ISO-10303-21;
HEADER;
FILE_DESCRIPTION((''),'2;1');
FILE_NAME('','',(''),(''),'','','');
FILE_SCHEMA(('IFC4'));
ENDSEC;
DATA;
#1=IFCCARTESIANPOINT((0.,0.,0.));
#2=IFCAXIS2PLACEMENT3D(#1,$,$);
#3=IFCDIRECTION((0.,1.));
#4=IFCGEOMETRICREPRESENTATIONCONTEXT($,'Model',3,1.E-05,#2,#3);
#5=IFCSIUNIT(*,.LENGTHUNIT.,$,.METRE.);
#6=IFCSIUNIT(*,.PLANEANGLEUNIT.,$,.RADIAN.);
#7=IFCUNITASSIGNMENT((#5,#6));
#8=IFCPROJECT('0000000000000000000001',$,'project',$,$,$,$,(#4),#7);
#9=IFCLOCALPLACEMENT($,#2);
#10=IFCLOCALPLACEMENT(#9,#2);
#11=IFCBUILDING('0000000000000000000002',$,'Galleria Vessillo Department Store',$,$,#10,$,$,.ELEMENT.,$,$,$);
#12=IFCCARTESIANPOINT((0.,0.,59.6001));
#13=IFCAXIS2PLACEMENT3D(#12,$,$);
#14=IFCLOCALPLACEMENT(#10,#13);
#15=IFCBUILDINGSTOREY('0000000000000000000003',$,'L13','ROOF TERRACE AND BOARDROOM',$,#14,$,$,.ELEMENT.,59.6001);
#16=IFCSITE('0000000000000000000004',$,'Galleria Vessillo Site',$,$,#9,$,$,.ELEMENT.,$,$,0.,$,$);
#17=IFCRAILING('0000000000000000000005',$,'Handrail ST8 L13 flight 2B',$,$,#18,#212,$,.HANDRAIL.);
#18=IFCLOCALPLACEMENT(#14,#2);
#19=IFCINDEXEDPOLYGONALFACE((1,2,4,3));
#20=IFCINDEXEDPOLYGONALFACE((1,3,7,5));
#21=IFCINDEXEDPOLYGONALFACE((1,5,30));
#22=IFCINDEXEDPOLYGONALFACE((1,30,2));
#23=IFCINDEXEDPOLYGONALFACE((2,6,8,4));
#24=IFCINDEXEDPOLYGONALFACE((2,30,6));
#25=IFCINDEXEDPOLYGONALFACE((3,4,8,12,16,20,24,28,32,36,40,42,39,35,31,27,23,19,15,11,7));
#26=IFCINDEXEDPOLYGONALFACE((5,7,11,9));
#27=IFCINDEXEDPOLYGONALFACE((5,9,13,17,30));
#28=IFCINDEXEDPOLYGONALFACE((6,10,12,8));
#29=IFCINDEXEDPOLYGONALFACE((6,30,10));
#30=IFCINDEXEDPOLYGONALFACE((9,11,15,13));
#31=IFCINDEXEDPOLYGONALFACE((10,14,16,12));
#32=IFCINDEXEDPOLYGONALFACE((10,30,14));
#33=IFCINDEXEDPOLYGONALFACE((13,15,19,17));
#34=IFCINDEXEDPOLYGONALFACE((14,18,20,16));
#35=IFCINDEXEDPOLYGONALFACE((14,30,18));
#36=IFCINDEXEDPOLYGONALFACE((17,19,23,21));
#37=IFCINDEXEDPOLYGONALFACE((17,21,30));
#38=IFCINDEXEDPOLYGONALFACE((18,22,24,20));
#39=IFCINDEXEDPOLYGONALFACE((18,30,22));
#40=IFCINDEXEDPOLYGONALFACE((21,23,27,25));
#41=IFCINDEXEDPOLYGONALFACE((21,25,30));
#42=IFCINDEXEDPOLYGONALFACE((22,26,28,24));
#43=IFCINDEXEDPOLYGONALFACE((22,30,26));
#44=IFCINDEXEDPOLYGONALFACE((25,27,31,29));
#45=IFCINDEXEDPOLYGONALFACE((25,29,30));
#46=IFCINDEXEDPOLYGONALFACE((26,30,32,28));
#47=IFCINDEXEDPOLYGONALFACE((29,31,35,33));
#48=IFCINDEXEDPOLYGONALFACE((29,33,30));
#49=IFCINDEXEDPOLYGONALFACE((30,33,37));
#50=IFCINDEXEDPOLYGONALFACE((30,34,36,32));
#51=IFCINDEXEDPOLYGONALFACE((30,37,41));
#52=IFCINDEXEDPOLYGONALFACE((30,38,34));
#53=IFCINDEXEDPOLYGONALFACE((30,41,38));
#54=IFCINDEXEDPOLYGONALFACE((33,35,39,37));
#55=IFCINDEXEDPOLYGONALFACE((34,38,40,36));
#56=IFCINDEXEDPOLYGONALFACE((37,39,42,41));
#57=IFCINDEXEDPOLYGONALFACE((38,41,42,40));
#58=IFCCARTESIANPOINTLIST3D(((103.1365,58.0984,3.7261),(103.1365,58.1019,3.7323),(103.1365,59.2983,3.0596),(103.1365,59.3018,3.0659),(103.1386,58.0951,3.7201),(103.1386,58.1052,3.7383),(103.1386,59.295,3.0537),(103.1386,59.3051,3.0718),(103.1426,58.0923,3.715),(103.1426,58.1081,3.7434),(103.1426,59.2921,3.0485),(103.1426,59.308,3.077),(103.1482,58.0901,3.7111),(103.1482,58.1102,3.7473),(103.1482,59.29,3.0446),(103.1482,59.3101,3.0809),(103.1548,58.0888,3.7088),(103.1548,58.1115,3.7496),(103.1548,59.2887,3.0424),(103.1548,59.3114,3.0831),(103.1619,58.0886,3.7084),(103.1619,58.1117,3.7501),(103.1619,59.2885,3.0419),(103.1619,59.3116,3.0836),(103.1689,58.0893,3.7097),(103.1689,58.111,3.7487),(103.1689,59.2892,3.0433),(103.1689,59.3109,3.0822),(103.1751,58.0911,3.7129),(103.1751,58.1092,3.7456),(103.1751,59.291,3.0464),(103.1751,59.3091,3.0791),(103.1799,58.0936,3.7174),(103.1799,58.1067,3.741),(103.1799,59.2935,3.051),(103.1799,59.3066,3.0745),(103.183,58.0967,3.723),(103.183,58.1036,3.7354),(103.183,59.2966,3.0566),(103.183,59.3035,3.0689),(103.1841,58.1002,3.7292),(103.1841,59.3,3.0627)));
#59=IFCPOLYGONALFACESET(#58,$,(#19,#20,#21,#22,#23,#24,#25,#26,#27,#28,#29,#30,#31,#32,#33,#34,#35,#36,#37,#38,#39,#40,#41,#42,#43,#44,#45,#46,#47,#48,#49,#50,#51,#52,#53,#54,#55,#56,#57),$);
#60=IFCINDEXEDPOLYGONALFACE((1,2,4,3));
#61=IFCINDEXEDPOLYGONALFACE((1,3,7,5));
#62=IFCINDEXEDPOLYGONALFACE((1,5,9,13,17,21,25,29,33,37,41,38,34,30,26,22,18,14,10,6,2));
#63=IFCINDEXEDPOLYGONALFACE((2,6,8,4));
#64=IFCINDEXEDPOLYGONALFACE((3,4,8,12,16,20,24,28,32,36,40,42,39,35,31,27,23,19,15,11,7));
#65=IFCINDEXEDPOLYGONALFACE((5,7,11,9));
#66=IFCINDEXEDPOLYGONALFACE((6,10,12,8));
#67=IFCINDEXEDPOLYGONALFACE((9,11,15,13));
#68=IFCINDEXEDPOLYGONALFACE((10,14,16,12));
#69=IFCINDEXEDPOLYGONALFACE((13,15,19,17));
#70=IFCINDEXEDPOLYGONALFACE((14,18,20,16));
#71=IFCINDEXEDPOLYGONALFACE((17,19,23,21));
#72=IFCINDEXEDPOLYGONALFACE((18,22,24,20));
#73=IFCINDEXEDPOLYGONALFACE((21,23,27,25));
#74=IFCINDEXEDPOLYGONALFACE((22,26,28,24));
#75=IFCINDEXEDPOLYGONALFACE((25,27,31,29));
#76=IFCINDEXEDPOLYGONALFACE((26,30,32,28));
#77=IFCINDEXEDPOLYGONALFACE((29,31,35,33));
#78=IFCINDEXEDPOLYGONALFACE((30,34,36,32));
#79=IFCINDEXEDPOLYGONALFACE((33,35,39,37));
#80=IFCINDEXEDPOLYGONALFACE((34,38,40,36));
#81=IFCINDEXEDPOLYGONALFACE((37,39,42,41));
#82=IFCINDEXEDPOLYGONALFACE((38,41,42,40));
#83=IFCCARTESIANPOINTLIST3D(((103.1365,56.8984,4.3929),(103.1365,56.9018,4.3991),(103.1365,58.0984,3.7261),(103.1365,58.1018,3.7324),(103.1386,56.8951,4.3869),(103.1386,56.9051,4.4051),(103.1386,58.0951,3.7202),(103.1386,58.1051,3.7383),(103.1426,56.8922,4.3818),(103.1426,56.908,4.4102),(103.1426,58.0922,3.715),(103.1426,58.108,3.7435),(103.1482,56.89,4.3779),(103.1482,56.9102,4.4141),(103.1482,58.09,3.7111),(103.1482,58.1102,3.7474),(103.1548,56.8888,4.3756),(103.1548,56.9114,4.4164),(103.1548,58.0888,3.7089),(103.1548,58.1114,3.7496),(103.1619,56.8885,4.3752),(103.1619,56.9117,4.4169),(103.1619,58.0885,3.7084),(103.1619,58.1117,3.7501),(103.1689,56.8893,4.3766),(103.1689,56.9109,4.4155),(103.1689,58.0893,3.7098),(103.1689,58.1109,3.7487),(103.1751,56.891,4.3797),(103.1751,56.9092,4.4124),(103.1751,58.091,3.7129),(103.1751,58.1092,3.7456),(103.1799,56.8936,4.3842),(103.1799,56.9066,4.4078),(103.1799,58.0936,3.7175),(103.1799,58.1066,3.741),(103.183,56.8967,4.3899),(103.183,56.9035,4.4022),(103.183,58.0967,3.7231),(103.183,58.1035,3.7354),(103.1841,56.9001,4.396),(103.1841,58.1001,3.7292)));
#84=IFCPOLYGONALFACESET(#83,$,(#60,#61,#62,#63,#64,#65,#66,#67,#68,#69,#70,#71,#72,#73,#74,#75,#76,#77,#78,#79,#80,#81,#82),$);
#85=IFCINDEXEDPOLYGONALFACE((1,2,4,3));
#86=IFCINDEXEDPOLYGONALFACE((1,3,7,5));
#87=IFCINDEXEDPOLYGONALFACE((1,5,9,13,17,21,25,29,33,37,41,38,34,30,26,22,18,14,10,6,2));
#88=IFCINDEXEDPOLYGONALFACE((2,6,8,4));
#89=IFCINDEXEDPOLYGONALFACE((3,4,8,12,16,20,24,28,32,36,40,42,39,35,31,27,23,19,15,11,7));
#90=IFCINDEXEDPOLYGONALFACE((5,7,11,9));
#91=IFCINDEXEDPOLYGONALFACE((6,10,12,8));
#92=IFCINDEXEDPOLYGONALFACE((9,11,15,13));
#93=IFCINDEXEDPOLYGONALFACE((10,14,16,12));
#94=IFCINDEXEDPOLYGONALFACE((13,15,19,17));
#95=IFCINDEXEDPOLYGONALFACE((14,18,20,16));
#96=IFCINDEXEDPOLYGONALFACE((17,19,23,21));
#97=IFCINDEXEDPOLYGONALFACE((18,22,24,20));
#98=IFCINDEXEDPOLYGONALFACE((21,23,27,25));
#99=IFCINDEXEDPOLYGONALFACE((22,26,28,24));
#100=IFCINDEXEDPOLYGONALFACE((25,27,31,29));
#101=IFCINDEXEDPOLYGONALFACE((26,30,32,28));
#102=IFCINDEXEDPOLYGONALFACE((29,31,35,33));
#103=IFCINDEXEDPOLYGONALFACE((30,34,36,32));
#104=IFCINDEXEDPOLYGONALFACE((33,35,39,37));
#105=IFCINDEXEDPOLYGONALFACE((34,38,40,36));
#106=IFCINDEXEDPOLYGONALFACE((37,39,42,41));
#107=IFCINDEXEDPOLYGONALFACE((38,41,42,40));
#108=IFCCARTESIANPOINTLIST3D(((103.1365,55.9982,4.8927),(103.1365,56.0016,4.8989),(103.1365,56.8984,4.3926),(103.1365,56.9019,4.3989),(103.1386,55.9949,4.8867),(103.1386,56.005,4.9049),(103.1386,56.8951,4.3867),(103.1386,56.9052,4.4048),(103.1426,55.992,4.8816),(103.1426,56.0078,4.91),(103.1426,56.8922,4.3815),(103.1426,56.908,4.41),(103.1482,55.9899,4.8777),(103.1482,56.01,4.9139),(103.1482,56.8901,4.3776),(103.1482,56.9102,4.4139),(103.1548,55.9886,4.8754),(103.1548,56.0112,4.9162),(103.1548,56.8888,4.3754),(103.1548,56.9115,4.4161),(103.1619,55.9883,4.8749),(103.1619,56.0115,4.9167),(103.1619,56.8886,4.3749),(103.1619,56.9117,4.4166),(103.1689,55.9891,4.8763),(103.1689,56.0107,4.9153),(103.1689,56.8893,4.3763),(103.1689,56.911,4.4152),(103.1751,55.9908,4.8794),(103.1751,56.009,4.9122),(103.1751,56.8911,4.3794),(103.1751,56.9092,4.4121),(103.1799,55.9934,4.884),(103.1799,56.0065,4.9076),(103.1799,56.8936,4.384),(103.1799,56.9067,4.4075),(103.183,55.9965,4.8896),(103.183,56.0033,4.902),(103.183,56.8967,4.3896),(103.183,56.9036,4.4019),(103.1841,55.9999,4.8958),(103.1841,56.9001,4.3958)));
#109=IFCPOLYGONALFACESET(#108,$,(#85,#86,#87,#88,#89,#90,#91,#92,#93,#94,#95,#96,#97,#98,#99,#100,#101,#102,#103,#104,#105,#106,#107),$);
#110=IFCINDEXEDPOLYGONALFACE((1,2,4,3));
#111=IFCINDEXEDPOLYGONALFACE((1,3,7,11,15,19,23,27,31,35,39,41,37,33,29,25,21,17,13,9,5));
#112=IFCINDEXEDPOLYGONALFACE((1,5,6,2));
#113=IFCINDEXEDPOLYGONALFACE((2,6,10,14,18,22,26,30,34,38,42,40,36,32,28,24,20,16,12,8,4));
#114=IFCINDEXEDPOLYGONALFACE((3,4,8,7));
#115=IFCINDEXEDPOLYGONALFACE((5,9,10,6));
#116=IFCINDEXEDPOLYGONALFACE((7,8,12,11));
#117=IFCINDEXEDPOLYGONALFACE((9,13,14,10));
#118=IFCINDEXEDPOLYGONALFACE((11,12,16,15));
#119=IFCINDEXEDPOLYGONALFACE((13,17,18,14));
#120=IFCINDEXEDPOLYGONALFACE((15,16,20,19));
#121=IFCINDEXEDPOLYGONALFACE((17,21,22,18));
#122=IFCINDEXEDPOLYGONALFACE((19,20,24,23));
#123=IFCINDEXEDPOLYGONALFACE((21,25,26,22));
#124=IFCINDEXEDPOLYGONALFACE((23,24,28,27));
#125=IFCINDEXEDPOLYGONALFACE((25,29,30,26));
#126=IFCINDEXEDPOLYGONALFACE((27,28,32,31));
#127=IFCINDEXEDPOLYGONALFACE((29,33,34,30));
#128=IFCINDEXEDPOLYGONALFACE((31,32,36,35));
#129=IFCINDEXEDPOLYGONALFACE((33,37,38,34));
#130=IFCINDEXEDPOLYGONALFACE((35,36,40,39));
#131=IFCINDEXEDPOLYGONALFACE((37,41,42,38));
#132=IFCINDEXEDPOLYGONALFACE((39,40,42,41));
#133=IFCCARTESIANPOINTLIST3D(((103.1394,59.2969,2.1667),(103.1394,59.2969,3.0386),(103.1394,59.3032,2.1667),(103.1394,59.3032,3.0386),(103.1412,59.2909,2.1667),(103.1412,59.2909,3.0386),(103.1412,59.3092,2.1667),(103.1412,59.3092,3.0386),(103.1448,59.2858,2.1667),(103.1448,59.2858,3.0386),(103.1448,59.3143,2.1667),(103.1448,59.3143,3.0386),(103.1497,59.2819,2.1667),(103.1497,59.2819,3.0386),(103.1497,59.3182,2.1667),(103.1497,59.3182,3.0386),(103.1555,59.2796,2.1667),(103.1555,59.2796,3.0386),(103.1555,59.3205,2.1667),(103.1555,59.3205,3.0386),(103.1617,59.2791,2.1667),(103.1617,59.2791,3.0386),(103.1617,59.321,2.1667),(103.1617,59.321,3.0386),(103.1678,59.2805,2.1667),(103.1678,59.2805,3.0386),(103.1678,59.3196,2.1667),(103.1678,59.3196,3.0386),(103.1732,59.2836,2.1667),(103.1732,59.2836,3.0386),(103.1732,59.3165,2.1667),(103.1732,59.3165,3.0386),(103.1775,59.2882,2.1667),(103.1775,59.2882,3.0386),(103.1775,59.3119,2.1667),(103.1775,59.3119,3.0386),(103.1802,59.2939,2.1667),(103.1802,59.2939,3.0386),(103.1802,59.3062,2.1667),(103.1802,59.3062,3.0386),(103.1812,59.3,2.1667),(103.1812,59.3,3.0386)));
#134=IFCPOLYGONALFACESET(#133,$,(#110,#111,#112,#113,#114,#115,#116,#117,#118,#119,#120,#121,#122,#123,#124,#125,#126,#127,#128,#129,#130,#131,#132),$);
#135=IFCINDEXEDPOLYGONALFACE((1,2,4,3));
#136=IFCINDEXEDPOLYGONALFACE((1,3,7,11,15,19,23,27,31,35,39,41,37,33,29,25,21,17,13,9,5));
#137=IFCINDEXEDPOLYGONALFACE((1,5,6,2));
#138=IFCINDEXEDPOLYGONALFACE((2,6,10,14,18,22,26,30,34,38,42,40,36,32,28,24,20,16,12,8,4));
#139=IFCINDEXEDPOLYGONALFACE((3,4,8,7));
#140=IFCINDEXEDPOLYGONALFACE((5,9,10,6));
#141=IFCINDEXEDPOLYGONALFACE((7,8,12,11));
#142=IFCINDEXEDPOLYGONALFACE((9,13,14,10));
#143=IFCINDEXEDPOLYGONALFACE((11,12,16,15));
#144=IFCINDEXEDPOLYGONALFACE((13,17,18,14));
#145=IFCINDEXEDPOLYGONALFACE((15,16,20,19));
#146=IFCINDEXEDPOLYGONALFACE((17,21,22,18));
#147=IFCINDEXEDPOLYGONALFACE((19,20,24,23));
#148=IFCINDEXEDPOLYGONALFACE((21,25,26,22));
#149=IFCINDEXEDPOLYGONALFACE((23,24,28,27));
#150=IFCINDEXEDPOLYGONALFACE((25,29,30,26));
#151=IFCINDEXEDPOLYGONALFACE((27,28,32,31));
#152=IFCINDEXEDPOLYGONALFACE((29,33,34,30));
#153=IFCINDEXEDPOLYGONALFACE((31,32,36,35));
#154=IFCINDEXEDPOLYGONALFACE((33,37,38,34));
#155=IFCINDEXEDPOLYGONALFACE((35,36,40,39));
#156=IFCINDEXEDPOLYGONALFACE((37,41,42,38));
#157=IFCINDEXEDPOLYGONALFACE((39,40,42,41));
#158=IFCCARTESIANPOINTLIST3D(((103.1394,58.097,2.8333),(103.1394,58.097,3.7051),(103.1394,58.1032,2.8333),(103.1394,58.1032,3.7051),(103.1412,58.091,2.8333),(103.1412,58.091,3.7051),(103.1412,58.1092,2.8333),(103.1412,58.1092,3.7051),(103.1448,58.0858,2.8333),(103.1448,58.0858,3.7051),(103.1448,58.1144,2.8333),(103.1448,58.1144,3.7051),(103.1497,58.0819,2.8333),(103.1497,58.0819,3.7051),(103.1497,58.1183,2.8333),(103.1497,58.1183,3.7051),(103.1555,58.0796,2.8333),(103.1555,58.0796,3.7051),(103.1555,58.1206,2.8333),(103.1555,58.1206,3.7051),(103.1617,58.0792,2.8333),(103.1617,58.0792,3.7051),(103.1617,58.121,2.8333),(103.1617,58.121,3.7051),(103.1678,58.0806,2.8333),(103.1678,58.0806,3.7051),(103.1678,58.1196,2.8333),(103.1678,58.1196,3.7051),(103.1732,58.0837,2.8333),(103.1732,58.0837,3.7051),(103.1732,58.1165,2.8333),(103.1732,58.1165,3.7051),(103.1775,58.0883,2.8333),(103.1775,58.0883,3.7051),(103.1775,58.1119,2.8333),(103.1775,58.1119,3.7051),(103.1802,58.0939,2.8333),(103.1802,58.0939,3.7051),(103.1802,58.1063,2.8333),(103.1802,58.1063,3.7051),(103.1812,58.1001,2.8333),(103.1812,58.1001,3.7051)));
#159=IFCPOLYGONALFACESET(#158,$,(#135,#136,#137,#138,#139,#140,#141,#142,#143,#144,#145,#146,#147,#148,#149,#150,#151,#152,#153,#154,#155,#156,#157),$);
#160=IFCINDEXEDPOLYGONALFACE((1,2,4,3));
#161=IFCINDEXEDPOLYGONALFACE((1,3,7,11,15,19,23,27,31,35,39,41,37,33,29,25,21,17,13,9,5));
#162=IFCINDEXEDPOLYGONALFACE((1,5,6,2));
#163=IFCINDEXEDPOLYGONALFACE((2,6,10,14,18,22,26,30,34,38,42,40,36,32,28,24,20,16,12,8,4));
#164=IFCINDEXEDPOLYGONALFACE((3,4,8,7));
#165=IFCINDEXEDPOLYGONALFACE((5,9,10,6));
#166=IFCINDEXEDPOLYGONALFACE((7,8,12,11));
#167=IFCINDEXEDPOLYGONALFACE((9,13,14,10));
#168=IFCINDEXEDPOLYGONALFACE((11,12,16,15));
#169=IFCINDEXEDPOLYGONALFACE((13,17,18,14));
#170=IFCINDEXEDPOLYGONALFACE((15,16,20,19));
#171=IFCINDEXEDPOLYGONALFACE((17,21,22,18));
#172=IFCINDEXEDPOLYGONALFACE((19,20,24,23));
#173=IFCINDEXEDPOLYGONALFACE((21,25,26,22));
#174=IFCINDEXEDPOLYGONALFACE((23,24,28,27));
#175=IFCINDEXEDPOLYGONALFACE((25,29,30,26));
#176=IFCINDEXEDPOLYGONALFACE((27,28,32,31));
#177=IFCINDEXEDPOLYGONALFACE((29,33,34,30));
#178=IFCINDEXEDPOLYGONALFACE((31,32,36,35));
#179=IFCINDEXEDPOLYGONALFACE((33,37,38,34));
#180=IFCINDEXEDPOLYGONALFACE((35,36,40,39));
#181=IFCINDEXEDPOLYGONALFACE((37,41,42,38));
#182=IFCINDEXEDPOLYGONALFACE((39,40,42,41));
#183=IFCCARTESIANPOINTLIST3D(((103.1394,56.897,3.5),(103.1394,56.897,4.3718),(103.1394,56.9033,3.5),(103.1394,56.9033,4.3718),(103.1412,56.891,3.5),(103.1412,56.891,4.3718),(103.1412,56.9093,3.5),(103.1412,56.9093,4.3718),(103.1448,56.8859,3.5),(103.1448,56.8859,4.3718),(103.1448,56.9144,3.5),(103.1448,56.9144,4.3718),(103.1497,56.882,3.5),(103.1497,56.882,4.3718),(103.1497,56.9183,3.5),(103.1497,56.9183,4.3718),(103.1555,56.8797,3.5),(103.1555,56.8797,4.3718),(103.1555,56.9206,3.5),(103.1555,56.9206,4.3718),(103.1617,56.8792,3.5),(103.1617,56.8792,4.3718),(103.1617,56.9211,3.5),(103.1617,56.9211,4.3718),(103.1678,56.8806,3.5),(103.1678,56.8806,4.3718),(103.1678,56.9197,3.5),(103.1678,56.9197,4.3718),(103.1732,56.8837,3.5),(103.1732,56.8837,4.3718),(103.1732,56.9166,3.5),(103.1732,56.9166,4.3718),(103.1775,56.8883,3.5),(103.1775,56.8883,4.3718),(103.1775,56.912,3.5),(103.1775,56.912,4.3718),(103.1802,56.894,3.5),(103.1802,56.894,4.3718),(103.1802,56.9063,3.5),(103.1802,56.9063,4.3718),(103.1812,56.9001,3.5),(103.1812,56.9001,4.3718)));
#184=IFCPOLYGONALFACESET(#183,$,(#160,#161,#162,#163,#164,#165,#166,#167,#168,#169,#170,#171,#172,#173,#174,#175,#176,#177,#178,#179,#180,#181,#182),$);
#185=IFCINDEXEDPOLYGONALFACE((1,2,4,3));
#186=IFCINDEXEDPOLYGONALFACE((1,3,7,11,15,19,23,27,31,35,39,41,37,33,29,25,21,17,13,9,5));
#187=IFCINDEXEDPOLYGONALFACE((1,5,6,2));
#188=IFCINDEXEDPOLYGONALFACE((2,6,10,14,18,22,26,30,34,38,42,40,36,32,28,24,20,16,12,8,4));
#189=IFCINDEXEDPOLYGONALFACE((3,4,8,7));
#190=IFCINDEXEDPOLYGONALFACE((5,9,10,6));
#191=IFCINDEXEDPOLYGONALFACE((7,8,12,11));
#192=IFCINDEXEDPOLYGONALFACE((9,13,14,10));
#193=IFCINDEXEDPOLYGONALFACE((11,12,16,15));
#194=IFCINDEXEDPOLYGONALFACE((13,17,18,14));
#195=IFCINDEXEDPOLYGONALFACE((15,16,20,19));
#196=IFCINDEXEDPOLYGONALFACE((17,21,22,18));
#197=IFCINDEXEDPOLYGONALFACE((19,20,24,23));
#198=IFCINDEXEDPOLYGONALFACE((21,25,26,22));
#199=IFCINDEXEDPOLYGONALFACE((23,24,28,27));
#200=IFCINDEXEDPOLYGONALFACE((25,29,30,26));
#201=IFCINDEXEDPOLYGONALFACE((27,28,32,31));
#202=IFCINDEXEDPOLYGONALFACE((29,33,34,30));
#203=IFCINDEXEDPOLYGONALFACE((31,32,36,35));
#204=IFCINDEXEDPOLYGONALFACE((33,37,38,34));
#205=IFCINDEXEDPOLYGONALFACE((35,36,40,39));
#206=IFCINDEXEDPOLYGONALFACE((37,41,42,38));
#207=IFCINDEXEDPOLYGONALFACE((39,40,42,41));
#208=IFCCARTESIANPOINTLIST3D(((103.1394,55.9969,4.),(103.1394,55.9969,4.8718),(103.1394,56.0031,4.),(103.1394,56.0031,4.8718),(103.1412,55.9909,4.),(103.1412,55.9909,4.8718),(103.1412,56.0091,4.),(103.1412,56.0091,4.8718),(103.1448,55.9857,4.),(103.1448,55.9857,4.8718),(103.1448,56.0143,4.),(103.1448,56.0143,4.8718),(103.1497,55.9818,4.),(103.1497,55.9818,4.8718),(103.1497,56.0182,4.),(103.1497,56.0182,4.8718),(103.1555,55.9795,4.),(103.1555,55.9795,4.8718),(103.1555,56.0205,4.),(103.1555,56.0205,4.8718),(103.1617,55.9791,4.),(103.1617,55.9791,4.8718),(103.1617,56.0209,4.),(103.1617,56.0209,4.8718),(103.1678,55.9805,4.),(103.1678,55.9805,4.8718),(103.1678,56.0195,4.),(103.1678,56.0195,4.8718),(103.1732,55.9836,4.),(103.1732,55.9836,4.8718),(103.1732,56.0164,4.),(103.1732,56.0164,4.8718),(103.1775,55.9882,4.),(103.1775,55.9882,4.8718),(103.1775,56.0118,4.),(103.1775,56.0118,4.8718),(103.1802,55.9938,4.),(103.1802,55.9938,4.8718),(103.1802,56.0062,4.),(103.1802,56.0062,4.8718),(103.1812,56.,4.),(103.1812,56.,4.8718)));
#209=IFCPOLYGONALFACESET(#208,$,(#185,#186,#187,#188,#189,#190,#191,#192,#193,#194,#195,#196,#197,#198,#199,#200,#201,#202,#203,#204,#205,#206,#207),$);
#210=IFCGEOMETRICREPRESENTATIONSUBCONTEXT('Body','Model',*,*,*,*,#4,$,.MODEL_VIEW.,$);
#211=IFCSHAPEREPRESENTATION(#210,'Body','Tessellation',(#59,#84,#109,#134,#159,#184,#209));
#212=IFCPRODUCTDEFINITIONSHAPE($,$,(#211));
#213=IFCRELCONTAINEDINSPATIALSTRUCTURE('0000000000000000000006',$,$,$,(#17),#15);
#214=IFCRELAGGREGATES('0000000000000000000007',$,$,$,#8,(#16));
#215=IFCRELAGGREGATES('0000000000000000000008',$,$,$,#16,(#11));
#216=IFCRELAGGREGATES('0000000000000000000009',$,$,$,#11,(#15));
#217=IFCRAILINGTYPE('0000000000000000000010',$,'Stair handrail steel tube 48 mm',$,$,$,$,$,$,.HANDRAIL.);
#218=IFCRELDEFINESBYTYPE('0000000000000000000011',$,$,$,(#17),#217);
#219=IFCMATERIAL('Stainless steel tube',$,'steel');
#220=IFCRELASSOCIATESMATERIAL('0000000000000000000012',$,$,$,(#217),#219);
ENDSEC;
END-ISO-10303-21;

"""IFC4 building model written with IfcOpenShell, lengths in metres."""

from ifc_helpers import new_model, si_unit, direction, frame, origin, origin_2d, place, context, subcontext, project, spatial, circle, extrude, material, type_object, element, save


model = new_model("IFC4")

# Units and contexts
model_context = context("Model", 3, precision=1e-05, world=origin(), true_north=direction((0.0, 1.0)))
body_context = subcontext(model_context, "Body", "Model", "MODEL_VIEW")
ifc_project = project(units=[si_unit("LENGTHUNIT", "METRE"), si_unit("PLANEANGLEUNIT", "RADIAN")], contexts=[model_context])

# Site, building, storey
site_placement = place(None, origin())
site = spatial("IfcSite", under=ifc_project, at=site_placement, Name="Galleria Vessillo Site", CompositionType="ELEMENT", RefElevation=0.0)
building_placement = place(site_placement, origin())
building = spatial("IfcBuilding", under=site, at=building_placement, Name="Galleria Vessillo Department Store", CompositionType="ELEMENT")
storey_placement = place(building_placement, frame((0.0, 0.0, 59.6001)))
storey = spatial("IfcBuildingStorey", under=building, at=storey_placement, Name="L13", Description="ROOF TERRACE AND BOARDROOM", CompositionType="ELEMENT", Elevation=59.6001)

# Railing
ifc_material_1 = material(Name="Stainless steel tube", Category="steel")
railing_type = type_object("IfcRailingType", Name="Stair handrail steel tube 48 mm", PredefinedType="HANDRAIL", material=ifc_material_1)
for number, where, name in (
    (1, (103.1602, 59.3, 2.1667), "Handrail ST8 L13 flight 2B"),
):
    element("IfcRailing", number, at=place(storey_placement, frame(where)), inside=storey, type_object=railing_type, Name=name, PredefinedType="HANDRAIL", context=body_context, shape_type="SweptSolid", body=[
        extrude(circle(Radius=0.0239, at=origin_2d()), frame((0.0, 0.0, 0.896), z_axis=(0.0, -0.874199, 0.485567), x_axis=(1.0, 0.0, 0.0)), (0.0, 0.0, 1.0), 1.3726),
        extrude(circle(Radius=0.0239, at=origin_2d()), frame((0.0, -1.2, 1.5625), z_axis=(0.0, -0.874124, 0.485703), x_axis=(1.0, 0.0, 0.0)), (0.0, 0.0, 1.0), 1.3728),
        extrude(circle(Radius=0.0239, at=origin_2d()), frame((0.0, -2.3999, 2.229), z_axis=(0.0, -0.874191, 0.485583), x_axis=(1.0, 0.0, 0.0)), (0.0, 0.0, 1.0), 1.0298),
        extrude(circle(Radius=0.021, at=origin_2d()), origin(), (0.0, 0.0, 1.0), 0.8718),
        extrude(circle(Radius=0.021, at=origin_2d()), frame((0.0, -1.2, 0.6665)), (0.0, 0.0, 1.0), 0.8718),
        extrude(circle(Radius=0.021, at=origin_2d()), frame((0.0, -2.3999, 1.3333)), (0.0, 0.0, 1.0), 0.8718),
        extrude(circle(Radius=0.021, at=origin_2d()), frame((0.0, -3.3, 1.8333)), (0.0, 0.0, 1.0), 0.8718),
    ])

save(model, "model.ifc")
